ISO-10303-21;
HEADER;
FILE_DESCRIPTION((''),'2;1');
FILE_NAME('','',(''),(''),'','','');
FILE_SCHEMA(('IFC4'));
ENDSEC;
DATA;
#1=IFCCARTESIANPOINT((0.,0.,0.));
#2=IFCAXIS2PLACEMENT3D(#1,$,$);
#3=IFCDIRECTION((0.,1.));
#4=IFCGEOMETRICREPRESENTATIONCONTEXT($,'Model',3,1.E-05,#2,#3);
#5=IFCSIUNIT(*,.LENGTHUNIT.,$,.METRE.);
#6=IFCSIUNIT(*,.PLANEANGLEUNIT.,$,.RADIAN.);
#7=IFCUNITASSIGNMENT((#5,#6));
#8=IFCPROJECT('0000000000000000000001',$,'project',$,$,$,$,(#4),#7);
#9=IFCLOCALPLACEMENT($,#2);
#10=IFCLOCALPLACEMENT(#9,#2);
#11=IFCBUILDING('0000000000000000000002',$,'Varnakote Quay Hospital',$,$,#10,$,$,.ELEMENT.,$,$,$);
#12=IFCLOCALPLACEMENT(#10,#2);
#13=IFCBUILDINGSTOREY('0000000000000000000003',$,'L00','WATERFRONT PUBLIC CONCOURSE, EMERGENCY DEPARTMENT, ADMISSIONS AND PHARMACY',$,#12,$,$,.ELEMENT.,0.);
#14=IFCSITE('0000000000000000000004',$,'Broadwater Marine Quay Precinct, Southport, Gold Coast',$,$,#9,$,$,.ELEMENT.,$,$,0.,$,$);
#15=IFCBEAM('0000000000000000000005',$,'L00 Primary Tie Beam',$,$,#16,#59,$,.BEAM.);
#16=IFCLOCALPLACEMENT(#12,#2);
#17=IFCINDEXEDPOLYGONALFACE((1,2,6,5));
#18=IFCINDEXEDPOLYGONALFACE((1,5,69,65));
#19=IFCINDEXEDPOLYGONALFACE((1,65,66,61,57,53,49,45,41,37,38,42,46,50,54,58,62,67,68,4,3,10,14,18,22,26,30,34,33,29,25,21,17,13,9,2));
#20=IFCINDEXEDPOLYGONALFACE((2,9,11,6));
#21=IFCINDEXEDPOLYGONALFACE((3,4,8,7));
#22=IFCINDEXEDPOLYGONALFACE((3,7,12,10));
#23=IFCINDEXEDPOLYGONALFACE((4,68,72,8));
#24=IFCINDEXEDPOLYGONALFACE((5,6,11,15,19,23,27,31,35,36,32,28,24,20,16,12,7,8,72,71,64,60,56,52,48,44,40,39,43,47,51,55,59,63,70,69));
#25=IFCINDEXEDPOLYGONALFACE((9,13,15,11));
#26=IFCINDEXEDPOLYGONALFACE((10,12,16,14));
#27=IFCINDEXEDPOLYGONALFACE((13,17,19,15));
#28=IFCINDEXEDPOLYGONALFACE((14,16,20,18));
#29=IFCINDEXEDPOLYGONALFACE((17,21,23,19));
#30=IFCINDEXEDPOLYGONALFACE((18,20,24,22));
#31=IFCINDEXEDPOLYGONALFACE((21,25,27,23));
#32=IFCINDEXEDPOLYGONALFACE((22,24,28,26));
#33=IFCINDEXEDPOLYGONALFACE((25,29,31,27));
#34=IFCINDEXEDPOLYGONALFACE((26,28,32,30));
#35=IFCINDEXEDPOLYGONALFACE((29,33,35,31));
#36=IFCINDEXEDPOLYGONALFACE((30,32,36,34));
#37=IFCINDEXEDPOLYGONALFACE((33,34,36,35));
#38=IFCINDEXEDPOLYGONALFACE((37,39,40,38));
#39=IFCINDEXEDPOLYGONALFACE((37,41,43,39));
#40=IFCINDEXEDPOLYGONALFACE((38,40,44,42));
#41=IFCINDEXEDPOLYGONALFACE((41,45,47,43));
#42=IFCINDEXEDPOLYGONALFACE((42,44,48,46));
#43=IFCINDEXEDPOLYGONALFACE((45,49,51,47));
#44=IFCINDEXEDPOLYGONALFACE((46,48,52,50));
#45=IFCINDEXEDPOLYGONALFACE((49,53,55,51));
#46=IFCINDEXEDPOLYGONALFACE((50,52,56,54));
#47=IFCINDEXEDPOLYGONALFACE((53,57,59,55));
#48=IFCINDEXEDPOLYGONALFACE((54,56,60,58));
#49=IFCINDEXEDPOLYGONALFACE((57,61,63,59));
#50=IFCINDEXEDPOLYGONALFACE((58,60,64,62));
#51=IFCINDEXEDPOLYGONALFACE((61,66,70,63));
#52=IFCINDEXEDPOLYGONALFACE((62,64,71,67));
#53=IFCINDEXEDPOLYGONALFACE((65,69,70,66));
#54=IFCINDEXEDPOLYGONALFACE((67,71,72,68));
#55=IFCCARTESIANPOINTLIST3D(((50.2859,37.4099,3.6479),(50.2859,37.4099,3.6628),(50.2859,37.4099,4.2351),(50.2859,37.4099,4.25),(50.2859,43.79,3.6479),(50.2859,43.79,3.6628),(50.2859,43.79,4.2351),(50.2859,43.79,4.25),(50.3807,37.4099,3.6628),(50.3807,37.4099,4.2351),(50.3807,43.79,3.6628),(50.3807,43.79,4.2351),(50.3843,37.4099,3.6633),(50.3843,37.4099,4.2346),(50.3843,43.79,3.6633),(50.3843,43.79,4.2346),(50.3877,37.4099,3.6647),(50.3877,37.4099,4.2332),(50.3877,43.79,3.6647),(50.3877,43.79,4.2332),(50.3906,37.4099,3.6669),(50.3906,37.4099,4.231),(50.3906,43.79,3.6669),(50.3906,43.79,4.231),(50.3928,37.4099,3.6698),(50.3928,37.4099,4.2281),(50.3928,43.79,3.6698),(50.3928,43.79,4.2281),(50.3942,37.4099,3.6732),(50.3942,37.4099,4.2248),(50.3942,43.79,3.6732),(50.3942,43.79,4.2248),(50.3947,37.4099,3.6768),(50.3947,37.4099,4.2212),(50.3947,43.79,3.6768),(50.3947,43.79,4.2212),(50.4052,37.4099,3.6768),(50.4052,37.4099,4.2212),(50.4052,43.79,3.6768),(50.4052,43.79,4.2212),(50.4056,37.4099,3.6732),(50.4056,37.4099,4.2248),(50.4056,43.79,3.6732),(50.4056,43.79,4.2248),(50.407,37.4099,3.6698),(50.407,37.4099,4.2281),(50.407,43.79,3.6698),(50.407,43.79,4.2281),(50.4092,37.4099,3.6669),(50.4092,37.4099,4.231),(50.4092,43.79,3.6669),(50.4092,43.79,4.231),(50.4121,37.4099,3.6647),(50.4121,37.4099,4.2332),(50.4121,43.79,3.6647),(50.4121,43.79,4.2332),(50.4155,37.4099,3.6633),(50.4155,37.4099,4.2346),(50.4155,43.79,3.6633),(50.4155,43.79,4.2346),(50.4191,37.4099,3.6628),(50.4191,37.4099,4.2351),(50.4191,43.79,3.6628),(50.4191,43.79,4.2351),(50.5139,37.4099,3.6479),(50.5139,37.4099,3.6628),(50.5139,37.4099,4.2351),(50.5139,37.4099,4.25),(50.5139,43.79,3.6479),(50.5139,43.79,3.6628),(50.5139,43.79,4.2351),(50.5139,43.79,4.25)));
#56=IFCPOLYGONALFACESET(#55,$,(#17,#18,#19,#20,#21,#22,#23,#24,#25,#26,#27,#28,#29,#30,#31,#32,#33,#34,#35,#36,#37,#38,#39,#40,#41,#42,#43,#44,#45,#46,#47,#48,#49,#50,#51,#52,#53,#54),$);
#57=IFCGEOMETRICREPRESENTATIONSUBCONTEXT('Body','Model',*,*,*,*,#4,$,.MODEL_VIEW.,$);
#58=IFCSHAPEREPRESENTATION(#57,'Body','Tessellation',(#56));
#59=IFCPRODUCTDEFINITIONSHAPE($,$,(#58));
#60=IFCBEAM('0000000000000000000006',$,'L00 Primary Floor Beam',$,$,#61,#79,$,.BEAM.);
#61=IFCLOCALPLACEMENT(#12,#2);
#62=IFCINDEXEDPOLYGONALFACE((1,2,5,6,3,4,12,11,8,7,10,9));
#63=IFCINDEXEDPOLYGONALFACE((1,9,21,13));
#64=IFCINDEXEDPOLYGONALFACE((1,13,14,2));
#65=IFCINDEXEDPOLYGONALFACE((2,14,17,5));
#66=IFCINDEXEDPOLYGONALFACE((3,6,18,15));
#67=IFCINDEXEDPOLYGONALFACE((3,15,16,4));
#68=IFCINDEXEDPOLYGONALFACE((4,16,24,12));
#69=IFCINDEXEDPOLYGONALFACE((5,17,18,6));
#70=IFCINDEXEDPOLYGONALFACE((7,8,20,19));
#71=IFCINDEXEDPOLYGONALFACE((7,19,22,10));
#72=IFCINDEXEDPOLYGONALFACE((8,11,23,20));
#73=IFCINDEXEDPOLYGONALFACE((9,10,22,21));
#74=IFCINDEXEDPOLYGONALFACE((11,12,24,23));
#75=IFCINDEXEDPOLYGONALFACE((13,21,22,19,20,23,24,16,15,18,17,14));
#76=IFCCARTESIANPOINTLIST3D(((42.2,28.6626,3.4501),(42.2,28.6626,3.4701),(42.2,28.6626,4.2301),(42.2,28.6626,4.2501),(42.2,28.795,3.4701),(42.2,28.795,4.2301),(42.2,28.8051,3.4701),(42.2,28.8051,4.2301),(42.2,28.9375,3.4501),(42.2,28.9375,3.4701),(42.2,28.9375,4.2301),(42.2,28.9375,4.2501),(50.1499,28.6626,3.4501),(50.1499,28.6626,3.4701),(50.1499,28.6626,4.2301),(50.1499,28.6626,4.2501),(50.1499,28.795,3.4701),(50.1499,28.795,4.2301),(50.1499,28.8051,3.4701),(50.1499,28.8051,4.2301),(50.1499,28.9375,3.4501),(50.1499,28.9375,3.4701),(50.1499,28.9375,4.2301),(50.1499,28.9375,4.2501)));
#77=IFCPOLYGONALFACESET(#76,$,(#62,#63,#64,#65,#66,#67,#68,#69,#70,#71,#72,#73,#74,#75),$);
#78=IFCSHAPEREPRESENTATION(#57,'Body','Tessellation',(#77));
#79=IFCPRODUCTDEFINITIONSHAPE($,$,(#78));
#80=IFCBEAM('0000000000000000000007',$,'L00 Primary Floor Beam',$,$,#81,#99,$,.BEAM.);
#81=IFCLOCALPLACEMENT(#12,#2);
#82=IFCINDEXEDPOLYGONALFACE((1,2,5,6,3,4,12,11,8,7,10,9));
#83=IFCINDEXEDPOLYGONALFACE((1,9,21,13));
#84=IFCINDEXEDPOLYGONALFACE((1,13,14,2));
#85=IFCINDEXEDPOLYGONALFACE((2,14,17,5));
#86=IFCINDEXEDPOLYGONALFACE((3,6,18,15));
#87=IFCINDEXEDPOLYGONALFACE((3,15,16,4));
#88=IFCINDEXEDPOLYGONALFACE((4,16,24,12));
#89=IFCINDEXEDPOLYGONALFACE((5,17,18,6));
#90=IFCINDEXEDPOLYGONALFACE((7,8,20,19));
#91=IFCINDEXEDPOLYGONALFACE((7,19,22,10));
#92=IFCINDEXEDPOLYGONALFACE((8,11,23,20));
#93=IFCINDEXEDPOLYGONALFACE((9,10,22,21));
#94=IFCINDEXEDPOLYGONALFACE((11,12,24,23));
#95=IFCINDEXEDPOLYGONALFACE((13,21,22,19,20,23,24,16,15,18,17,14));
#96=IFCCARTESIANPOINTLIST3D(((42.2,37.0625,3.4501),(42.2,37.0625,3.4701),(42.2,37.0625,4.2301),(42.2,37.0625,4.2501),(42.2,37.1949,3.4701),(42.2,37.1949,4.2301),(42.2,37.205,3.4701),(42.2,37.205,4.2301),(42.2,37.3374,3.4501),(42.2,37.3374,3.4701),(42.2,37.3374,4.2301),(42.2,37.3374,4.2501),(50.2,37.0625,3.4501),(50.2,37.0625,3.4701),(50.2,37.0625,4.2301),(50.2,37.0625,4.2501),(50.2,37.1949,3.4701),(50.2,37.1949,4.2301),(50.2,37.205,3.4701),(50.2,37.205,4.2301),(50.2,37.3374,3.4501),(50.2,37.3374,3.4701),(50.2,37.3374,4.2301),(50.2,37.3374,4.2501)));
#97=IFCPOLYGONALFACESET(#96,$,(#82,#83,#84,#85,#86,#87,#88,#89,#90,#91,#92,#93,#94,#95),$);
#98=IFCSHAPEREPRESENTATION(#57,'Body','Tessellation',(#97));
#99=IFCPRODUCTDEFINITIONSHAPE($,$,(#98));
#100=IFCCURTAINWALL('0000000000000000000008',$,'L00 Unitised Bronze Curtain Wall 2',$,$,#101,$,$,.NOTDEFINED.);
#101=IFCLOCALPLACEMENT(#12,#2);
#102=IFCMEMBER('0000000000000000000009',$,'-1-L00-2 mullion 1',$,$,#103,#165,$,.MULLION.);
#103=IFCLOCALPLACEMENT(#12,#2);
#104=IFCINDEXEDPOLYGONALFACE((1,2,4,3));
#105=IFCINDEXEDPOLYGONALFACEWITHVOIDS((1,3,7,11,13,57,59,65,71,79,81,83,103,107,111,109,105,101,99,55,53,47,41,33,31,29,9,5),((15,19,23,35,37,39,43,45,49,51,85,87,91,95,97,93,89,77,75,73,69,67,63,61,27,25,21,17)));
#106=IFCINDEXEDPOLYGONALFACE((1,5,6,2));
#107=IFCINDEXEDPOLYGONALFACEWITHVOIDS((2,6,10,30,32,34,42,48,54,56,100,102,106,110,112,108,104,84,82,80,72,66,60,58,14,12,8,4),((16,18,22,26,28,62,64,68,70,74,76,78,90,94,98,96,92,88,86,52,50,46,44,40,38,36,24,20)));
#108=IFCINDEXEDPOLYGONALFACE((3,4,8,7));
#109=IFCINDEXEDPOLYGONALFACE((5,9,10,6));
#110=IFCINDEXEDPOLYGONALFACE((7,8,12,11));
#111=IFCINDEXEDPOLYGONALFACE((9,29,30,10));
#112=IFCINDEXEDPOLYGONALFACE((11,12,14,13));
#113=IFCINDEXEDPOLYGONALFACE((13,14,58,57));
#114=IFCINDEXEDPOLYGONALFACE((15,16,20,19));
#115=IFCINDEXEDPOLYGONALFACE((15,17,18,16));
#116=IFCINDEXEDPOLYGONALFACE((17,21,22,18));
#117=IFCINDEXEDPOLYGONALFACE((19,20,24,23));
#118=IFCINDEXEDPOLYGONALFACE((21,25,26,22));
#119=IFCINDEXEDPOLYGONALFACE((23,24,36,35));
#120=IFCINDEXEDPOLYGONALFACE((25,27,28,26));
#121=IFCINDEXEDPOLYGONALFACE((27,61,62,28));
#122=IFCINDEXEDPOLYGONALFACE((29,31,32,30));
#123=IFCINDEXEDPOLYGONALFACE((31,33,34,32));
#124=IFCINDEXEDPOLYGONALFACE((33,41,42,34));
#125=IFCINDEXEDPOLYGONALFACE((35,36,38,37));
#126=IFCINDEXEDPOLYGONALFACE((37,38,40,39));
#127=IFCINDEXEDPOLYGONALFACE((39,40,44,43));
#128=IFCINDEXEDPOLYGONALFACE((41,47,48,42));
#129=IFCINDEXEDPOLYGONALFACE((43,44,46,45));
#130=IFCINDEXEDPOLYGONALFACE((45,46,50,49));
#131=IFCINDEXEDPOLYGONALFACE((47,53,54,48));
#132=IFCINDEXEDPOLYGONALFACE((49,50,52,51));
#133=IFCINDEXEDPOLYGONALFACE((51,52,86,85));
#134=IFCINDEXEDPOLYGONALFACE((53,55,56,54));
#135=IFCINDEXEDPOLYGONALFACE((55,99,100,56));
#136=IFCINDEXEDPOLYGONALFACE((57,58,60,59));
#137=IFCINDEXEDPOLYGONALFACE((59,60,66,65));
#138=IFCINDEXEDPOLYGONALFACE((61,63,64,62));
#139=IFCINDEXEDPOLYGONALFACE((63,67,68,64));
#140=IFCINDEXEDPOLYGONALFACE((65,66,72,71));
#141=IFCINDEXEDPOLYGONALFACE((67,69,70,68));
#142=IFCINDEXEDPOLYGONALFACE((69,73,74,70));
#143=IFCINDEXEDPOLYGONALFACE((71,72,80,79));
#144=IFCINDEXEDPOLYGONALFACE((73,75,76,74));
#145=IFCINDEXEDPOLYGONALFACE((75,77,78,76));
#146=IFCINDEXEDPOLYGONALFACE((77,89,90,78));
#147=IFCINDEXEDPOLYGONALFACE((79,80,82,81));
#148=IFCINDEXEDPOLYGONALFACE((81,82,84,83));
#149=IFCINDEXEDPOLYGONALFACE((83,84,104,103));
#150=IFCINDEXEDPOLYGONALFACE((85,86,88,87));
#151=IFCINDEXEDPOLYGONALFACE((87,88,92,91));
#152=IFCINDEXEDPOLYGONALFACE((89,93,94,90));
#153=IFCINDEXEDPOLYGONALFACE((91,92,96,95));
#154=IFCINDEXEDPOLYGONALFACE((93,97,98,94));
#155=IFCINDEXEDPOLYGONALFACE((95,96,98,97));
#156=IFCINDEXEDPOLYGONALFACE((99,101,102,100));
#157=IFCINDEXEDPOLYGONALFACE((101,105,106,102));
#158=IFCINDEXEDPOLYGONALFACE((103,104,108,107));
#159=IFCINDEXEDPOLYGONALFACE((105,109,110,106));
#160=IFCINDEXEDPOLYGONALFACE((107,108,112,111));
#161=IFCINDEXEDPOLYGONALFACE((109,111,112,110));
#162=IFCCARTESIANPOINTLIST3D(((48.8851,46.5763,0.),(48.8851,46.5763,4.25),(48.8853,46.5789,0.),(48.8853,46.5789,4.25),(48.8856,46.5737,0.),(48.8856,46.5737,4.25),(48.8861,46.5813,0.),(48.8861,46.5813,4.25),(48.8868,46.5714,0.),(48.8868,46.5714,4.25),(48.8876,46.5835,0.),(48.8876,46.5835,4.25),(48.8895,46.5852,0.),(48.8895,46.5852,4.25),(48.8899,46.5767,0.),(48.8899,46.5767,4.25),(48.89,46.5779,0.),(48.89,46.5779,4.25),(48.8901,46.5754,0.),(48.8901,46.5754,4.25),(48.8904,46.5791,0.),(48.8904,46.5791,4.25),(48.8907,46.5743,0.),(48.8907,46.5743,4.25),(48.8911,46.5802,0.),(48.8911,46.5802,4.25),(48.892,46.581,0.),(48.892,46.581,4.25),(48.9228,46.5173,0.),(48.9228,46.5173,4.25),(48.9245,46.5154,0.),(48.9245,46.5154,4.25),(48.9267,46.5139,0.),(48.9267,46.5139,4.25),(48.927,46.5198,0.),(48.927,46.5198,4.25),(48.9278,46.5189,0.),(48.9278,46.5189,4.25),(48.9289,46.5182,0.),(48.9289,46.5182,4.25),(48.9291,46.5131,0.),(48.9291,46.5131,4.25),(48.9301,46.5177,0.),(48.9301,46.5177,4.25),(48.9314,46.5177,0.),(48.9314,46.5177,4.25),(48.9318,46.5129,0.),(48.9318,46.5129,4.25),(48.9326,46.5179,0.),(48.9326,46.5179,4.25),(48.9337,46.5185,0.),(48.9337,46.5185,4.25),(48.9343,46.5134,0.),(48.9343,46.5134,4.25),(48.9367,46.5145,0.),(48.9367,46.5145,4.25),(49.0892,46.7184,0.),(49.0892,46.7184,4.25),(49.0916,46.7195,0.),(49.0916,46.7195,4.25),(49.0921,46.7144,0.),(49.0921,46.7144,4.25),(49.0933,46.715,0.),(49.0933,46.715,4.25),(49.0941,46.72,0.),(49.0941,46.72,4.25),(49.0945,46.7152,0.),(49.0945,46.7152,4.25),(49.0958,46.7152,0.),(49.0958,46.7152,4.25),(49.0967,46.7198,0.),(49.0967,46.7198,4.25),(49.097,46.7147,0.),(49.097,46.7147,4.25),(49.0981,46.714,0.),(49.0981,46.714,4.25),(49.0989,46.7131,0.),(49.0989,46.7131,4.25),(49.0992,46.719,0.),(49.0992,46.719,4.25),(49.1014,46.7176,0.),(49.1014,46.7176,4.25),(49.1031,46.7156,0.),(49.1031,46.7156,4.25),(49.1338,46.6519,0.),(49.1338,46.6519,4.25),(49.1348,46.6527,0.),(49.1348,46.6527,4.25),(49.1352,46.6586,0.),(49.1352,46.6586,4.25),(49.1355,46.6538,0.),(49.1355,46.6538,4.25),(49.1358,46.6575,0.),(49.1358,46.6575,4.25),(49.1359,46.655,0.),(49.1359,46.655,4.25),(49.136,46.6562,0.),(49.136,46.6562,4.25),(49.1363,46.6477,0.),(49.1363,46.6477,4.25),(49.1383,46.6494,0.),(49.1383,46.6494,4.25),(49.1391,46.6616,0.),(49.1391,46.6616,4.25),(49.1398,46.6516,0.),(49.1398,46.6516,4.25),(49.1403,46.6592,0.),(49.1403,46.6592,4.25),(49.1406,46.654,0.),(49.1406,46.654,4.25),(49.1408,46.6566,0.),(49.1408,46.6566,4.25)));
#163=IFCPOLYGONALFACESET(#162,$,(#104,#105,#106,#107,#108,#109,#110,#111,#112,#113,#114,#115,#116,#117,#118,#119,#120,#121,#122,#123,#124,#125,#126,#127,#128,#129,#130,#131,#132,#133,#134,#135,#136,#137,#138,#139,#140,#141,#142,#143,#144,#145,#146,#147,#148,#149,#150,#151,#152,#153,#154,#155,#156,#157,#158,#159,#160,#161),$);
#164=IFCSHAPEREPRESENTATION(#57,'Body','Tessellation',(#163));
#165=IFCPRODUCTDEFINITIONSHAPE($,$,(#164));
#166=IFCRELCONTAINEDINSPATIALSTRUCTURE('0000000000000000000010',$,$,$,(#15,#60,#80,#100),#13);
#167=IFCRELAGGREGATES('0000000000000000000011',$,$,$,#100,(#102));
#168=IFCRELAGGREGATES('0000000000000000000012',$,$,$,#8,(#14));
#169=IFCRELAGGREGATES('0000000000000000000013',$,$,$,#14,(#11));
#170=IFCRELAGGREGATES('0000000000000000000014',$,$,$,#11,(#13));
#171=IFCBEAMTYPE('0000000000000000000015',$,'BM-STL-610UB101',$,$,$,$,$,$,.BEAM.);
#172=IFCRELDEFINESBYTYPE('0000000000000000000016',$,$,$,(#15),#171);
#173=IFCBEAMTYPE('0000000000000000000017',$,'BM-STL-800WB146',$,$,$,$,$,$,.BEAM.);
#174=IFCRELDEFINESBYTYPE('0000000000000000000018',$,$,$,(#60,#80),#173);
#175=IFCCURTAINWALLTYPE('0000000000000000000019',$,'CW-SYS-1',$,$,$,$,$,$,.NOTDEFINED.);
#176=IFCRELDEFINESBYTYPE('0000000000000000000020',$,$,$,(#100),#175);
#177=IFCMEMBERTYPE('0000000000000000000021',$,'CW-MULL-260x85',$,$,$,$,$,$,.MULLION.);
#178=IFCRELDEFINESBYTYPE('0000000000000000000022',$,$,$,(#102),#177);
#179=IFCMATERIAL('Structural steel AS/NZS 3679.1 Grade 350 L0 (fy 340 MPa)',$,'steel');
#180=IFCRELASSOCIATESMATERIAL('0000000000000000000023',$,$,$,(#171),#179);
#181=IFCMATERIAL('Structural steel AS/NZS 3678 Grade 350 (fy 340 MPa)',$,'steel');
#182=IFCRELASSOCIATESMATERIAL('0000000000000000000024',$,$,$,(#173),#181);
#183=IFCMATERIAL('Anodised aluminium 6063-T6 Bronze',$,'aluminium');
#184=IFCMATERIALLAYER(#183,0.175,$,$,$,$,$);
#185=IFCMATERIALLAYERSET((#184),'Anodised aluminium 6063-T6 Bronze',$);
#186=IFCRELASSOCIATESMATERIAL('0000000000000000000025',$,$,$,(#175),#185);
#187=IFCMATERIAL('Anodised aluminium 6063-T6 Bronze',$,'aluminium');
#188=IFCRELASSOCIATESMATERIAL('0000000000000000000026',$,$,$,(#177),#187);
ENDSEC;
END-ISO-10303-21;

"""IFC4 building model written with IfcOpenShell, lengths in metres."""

from ifc_helpers import new_model, si_unit, direction, frame, origin, origin_2d, place, context, subcontext, project, spatial, hollow_rectangle, i_section, extrude, material, layer, layer_set, material_profile, profile_set, type_object, element, aggregate, save


model = new_model("IFC4")

# Units and contexts
model_context = context("Model", 3, precision=1e-05, world=origin(), true_north=direction((0.0, 1.0)))
body_context = subcontext(model_context, "Body", "Model", "MODEL_VIEW")
ifc_project = project(units=[si_unit("LENGTHUNIT", "METRE"), si_unit("PLANEANGLEUNIT", "RADIAN")], contexts=[model_context])

# Site, building, storey
site_placement = place(None, origin())
site = spatial("IfcSite", under=ifc_project, at=site_placement, Name="Broadwater Marine Quay Precinct, Southport, Gold Coast", CompositionType="ELEMENT", RefElevation=0.0)
building_placement = place(site_placement, origin())
building = spatial("IfcBuilding", under=site, at=building_placement, Name="Varnakote Quay Hospital", CompositionType="ELEMENT")
storey_placement = place(building_placement, origin())
storey = spatial("IfcBuildingStorey", under=building, at=storey_placement, Name="L00", Description="WATERFRONT PUBLIC CONCOURSE, EMERGENCY DEPARTMENT, ADMISSIONS AND PHARMACY", CompositionType="ELEMENT", Elevation=0.0)

# Beams
ifc_material_1 = material(Name="Structural steel AS/NZS 3679.1 Grade 350 L0 (fy 340 MPa)", Category="steel")
ifc_material_profile_1 = material_profile(ifc_material_1, i_section(OverallWidth=0.228, OverallDepth=0.6021, WebThickness=0.0105, FlangeThickness=0.0149, FilletRadius=0.0139, at=origin_2d()), Name="610UB101")
ifc_profile_set_1 = profile_set([ifc_material_profile_1], Name="Structural steel AS/NZS 3679.1 Grade 350 L0 (fy 340 MPa)")
beam_type_1 = type_object("IfcBeamType", Name="BM-STL-610UB101", PredefinedType="BEAM", material=ifc_profile_set_1)
beam_1_placement = place(storey_placement, frame((50.3999, 37.4099, 3.949), z_axis=(0.0, 1.0, 0.0), x_axis=(-1.0, 0.0, 0.0)))
element("IfcBeam", 1, at=beam_1_placement, inside=storey, type_object=beam_type_1, Name="L00 Primary Tie Beam", PredefinedType="BEAM", context=body_context, shape_type="SweptSolid", body=[
    extrude(i_section(OverallWidth=0.228, OverallDepth=0.6021, WebThickness=0.0105, FlangeThickness=0.0149, FilletRadius=0.0139, at=origin_2d()), origin(), (0.0, 0.0, 1.0), 6.3801),
])
ifc_material_2 = material(Name="Structural steel AS/NZS 3678 Grade 350 (fy 340 MPa)", Category="steel")
ifc_material_profile_2 = material_profile(ifc_material_2, i_section(OverallWidth=0.2749, OverallDepth=0.8, WebThickness=0.01, FlangeThickness=0.02, at=origin_2d()), Name="800WB146")
ifc_profile_set_2 = profile_set([ifc_material_profile_2], Name="Structural steel AS/NZS 3678 Grade 350 (fy 340 MPa)")
beam_type_2 = type_object("IfcBeamType", Name="BM-STL-800WB146", PredefinedType="BEAM", material=ifc_profile_set_2)
beam_2_placement = place(storey_placement, frame((42.2, 28.8, 3.8501), z_axis=(1.0, 0.0, 0.0), x_axis=(0.0, 1.0, 0.0)))
element("IfcBeam", 2, at=beam_2_placement, inside=storey, type_object=beam_type_2, Name="L00 Primary Floor Beam", PredefinedType="BEAM", context=body_context, shape_type="SweptSolid", body=[
    extrude(i_section(OverallWidth=0.2749, OverallDepth=0.8, WebThickness=0.01, FlangeThickness=0.02, at=origin_2d()), origin(), (0.0, 0.0, 1.0), 7.95),
])
beam_3_placement = place(storey_placement, frame((42.2, 37.2, 3.8501), z_axis=(1.0, 0.0, 0.0), x_axis=(0.0, 1.0, 0.0)))
element("IfcBeam", 3, at=beam_3_placement, inside=storey, type_object=beam_type_2, Name="L00 Primary Floor Beam", PredefinedType="BEAM", context=body_context, shape_type="SweptSolid", body=[
    extrude(i_section(OverallWidth=0.2749, OverallDepth=0.8, WebThickness=0.01, FlangeThickness=0.02, at=origin_2d()), origin(), (0.0, 0.0, 1.0), 8.0),
])

# Curtain wall, member
ifc_material_3 = material(Name="Anodised aluminium 6063-T6 Bronze", Category="aluminium")
ifc_layer_1 = layer(ifc_material_3, 0.175)
ifc_layer_set_1 = layer_set([ifc_layer_1], Name="Anodised aluminium 6063-T6 Bronze")
curtain_wall_type = type_object("IfcCurtainWallType", Name="CW-SYS-1", PredefinedType="NOTDEFINED", material=ifc_layer_set_1)
curtain_wall_placement = place(storey_placement, origin())
curtain_wall = element("IfcCurtainWall", 4, at=curtain_wall_placement, inside=storey, type_object=curtain_wall_type, Name="L00 Unitised Bronze Curtain Wall 2", PredefinedType="NOTDEFINED")
ifc_material_4 = material(Name="Anodised aluminium 6063-T6 Bronze", Category="aluminium")
ifc_material_profile_3 = material_profile(ifc_material_4, hollow_rectangle(XDim=0.085, YDim=0.26, WallThickness=0.0049, InnerFilletRadius=0.0049, OuterFilletRadius=0.01, at=origin_2d()), Name="CW-MULL-260x85")
ifc_profile_set_3 = profile_set([ifc_material_profile_3], Name="Anodised aluminium 6063-T6 Bronze")
member_type_1 = type_object("IfcMemberType", Name="CW-MULL-260x85", PredefinedType="MULLION", material=ifc_profile_set_3)
member_1_placement = place(storey_placement, frame((49.0129, 46.6165, 0.0), z_axis=(0.0, 0.0, 1.0), x_axis=(0.5547, -0.83205, 0.0)))
member_1 = element("IfcMember", 5, at=member_1_placement, type_object=member_type_1, Name="-1-L00-2 mullion 1", PredefinedType="MULLION", context=body_context, shape_type="SweptSolid", body=[
    extrude(hollow_rectangle(XDim=0.085, YDim=0.26, WallThickness=0.0049, InnerFilletRadius=0.0049, OuterFilletRadius=0.01, at=origin_2d()), origin(), (0.0, 0.0, 1.0), 4.25),
])

aggregate(curtain_wall, [member_1])

save(model, "model.ifc")
